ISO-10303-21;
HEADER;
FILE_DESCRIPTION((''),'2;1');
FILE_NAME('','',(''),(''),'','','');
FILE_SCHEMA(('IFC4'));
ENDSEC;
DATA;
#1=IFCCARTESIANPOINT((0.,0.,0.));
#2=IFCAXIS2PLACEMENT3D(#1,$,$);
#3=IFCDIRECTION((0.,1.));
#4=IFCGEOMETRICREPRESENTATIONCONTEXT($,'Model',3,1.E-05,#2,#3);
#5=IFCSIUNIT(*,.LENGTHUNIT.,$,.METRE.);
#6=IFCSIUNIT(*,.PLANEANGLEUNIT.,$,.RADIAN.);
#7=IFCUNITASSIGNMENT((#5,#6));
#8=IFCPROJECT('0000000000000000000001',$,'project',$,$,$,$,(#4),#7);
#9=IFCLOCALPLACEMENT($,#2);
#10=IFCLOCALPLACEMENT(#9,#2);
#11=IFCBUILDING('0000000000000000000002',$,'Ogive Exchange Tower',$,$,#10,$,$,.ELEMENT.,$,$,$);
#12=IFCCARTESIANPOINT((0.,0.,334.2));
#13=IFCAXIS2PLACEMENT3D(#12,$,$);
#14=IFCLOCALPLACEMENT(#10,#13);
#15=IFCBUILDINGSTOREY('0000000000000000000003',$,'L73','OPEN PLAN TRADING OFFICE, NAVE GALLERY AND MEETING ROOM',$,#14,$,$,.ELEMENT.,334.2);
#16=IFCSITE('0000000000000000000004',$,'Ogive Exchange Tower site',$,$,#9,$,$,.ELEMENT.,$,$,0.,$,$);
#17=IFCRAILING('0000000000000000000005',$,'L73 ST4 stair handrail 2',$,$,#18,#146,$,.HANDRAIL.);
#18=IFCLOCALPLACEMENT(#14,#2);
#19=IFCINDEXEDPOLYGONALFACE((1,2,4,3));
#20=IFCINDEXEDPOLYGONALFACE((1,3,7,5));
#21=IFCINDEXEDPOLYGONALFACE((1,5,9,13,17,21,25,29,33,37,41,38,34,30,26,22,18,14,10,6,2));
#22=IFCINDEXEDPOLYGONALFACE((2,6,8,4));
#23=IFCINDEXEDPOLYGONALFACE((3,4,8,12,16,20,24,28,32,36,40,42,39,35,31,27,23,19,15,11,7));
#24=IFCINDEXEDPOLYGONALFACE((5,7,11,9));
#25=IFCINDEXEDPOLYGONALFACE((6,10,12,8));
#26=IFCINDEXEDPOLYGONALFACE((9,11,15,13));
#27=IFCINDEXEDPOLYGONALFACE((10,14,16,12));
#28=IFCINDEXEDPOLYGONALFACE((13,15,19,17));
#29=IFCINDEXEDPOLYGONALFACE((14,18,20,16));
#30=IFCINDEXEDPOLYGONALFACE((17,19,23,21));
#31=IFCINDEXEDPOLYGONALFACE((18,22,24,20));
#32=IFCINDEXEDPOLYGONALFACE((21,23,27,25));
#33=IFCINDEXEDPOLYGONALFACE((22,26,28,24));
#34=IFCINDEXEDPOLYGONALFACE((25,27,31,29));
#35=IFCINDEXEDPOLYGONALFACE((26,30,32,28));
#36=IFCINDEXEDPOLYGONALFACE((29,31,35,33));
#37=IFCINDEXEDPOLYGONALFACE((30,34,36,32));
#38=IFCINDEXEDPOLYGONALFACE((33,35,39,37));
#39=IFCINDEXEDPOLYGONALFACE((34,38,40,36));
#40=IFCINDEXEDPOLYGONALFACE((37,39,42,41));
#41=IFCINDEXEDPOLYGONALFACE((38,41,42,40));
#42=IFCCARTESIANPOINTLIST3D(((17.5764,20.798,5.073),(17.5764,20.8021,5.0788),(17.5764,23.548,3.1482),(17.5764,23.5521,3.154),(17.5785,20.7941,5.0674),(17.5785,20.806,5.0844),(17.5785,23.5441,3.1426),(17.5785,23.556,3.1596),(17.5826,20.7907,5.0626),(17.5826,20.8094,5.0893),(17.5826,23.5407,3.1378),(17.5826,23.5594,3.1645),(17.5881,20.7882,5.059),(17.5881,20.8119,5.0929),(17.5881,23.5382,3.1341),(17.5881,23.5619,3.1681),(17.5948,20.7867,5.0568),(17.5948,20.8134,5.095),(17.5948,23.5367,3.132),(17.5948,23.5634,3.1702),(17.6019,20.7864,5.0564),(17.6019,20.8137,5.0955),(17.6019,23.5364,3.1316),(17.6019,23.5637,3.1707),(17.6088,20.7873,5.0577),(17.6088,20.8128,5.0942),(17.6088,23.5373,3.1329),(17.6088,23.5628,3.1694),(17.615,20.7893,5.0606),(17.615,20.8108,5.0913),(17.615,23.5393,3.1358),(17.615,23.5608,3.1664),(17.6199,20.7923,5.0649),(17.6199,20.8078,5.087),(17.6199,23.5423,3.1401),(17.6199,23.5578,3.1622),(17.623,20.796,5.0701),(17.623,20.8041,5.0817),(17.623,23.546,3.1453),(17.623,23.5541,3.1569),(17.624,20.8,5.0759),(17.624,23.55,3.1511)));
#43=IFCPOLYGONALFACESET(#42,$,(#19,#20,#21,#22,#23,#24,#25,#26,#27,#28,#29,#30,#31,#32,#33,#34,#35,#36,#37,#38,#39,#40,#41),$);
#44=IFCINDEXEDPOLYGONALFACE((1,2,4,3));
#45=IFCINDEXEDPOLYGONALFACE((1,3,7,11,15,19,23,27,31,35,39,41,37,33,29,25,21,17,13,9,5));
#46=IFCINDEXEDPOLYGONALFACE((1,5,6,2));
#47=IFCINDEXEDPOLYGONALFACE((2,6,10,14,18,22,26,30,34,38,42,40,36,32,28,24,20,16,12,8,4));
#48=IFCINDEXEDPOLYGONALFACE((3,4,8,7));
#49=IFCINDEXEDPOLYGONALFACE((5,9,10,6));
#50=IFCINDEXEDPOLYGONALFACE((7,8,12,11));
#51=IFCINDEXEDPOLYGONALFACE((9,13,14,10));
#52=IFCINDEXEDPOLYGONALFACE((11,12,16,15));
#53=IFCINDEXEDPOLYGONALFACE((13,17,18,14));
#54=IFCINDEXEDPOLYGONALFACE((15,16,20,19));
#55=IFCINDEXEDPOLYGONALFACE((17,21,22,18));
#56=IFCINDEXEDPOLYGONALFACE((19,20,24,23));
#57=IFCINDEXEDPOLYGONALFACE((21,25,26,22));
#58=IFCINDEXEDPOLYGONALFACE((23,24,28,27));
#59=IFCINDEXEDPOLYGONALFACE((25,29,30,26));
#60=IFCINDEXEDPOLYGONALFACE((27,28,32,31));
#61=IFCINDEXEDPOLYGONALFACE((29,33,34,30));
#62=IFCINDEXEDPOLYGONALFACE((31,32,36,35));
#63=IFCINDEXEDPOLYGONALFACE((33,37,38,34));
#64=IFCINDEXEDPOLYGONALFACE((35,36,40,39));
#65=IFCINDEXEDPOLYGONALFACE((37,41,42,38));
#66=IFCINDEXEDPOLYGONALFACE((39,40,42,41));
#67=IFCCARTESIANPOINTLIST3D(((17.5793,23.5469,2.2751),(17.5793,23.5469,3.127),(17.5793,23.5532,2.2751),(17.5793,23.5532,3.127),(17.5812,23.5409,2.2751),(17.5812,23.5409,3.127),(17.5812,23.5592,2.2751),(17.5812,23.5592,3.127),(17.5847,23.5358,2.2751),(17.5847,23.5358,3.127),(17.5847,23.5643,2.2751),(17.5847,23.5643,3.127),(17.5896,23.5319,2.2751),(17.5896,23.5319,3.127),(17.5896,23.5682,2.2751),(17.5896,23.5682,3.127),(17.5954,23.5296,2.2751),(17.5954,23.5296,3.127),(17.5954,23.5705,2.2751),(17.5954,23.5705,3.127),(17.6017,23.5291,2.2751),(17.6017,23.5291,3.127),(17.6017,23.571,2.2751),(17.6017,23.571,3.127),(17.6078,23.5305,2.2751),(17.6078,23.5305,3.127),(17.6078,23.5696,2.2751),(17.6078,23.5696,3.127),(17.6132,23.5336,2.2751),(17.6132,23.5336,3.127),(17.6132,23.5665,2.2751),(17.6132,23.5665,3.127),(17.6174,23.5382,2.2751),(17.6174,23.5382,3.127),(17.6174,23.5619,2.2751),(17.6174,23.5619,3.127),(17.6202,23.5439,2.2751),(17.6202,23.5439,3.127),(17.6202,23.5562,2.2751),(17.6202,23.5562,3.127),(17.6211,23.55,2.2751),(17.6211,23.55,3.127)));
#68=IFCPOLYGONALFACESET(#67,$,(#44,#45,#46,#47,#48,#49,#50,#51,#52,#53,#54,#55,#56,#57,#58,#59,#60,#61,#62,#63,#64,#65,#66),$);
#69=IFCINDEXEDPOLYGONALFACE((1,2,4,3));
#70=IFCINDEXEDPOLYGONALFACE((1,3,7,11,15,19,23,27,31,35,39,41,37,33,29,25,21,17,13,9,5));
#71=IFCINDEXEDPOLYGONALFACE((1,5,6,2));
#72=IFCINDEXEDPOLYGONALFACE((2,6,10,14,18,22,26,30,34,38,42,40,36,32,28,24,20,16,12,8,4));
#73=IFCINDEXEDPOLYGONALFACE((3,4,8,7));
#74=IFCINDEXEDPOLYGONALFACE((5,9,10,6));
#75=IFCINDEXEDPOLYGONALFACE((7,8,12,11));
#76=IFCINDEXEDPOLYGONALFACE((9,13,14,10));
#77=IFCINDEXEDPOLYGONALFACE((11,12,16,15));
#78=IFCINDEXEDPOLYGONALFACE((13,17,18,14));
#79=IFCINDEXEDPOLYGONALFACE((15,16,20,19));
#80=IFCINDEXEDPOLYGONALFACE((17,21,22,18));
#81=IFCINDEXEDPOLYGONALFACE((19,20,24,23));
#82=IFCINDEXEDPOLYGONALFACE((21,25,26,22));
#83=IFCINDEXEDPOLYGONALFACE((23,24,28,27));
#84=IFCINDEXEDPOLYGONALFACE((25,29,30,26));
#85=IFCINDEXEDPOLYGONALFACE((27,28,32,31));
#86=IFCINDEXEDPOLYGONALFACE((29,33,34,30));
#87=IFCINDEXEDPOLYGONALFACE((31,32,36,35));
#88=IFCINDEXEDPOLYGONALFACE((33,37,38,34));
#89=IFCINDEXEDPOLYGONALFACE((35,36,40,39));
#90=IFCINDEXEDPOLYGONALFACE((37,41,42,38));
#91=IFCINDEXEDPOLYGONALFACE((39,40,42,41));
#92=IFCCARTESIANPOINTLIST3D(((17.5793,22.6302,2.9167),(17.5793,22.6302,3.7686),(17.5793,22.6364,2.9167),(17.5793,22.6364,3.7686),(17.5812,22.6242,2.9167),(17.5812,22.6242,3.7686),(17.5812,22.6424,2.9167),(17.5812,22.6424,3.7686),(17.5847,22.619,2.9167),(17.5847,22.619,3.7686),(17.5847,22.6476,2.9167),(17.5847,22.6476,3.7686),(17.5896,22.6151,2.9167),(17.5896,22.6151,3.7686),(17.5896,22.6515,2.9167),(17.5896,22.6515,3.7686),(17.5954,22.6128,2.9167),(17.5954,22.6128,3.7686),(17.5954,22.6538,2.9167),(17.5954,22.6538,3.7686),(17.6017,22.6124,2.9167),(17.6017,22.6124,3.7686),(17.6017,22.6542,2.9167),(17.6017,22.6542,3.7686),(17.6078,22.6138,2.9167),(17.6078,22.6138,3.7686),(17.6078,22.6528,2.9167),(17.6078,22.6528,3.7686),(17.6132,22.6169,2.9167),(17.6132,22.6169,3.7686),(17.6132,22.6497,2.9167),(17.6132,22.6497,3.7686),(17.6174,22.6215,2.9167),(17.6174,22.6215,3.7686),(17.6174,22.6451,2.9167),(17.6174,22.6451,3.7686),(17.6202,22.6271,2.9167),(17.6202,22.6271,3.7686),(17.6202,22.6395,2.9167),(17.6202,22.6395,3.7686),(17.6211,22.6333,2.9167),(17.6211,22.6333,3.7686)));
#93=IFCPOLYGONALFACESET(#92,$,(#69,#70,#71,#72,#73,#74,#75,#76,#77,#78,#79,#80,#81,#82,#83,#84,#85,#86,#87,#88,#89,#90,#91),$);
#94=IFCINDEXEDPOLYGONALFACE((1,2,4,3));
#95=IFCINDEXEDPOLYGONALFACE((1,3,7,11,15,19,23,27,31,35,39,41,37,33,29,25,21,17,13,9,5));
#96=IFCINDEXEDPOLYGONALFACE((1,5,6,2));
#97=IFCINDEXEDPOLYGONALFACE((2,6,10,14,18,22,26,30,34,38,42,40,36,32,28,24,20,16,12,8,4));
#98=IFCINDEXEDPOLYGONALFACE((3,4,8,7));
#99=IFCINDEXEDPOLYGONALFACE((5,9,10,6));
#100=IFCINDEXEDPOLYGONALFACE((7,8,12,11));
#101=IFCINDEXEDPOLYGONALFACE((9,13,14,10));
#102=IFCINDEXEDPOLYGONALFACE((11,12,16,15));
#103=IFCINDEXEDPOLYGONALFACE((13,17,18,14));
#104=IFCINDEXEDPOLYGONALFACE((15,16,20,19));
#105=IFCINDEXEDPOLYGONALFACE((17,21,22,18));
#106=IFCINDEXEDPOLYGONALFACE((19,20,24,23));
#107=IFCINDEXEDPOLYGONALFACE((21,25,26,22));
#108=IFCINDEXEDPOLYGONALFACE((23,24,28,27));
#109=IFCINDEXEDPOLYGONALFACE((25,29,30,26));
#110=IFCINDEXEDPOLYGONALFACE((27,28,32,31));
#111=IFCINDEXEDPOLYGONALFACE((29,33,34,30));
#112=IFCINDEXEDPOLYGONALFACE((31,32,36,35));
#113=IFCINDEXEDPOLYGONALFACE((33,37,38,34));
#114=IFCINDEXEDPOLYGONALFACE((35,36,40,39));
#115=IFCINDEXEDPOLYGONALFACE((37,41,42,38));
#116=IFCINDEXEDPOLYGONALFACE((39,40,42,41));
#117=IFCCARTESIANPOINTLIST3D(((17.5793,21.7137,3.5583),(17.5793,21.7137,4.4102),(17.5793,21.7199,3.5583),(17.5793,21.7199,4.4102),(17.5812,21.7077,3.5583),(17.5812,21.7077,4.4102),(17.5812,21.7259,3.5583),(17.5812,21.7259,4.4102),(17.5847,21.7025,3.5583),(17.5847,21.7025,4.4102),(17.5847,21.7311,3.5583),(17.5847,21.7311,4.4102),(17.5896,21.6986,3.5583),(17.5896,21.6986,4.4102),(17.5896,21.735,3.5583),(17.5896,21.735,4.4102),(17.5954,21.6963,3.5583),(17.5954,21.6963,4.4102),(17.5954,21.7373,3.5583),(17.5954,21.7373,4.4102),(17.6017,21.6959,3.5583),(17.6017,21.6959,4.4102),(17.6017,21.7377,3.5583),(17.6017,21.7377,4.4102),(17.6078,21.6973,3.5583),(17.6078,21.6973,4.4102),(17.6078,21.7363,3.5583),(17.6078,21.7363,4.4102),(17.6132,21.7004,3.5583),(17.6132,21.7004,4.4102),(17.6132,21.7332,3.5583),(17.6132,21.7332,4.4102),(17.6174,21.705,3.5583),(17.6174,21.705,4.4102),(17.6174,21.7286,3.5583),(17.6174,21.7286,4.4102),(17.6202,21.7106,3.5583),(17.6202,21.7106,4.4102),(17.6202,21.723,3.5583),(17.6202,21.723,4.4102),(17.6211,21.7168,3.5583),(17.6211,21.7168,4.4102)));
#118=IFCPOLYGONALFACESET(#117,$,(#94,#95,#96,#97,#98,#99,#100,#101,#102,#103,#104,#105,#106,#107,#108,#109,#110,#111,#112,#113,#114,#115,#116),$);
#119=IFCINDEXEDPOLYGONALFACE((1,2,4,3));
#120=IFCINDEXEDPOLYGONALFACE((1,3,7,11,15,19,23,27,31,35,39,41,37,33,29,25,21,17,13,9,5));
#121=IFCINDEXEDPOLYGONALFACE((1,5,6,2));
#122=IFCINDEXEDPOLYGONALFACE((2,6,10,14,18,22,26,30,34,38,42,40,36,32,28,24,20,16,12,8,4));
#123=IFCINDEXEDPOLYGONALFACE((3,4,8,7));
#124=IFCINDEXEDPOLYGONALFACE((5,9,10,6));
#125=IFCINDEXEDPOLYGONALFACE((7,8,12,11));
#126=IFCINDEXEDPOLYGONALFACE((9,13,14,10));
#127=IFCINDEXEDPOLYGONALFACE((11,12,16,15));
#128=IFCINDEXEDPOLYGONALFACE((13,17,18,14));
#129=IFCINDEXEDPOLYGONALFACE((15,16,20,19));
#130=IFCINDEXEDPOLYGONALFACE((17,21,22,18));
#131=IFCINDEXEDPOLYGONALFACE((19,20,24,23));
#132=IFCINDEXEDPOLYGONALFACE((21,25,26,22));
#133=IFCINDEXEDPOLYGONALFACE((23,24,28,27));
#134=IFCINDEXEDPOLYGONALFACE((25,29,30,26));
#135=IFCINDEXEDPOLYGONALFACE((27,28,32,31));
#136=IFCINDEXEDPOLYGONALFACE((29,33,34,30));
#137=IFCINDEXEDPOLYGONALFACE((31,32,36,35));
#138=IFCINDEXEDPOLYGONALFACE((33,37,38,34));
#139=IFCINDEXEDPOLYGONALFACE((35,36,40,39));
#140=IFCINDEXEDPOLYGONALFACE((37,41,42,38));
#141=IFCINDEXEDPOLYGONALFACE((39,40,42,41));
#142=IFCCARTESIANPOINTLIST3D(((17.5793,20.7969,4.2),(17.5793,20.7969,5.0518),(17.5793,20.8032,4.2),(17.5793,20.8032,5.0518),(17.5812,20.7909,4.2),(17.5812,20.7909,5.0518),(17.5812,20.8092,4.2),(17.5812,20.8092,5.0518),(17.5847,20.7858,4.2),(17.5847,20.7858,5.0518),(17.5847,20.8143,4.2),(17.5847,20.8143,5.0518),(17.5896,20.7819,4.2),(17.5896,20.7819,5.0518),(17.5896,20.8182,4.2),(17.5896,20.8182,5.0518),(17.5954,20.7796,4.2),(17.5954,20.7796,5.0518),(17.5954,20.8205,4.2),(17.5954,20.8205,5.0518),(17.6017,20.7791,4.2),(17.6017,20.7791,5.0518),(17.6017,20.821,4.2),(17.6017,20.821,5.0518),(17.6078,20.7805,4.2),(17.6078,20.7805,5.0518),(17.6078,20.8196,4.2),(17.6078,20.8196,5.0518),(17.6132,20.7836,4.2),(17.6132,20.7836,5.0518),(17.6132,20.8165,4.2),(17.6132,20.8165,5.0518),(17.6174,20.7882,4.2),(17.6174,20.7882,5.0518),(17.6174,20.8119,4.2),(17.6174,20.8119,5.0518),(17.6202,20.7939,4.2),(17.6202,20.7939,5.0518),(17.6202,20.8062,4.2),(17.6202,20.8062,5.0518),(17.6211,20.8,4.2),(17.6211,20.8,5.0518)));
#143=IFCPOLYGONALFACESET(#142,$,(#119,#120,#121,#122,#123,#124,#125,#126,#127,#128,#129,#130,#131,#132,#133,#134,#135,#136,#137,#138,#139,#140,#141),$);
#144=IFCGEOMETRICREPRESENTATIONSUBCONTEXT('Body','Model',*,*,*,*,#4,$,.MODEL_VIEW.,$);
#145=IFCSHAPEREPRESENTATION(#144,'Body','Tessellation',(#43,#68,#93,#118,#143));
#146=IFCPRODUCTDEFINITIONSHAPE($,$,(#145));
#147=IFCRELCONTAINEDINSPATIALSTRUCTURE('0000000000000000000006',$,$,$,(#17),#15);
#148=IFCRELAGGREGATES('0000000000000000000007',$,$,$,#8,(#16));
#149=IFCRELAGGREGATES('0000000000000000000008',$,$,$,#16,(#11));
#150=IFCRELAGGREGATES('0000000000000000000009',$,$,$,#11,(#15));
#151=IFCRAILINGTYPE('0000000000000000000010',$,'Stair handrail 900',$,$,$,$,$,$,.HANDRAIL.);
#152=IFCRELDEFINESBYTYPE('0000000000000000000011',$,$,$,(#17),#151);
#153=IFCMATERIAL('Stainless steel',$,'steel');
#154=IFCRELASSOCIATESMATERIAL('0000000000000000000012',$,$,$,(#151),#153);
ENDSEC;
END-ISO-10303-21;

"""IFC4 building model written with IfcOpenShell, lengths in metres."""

from ifc_helpers import new_model, si_unit, direction, frame, origin, origin_2d, place, context, subcontext, project, spatial, circle, extrude, material, type_object, element, save


model = new_model("IFC4")

# Units and contexts
model_context = context("Model", 3, precision=1e-05, world=origin(), true_north=direction((0.0, 1.0)))
body_context = subcontext(model_context, "Body", "Model", "MODEL_VIEW")
ifc_project = project(units=[si_unit("LENGTHUNIT", "METRE"), si_unit("PLANEANGLEUNIT", "RADIAN")], contexts=[model_context])

# Site, building, storey
site_placement = place(None, origin())
site = spatial("IfcSite", under=ifc_project, at=site_placement, Name="Ogive Exchange Tower site", CompositionType="ELEMENT", RefElevation=0.0)
building_placement = place(site_placement, origin())
building = spatial("IfcBuilding", under=site, at=building_placement, Name="Ogive Exchange Tower", CompositionType="ELEMENT")
storey_placement = place(building_placement, frame((0.0, 0.0, 334.2)))
storey = spatial("IfcBuildingStorey", under=building, at=storey_placement, Name="L73", Description="OPEN PLAN TRADING OFFICE, NAVE GALLERY AND MEETING ROOM", CompositionType="ELEMENT", Elevation=334.2)

# Railing
ifc_material_1 = material(Name="Stainless steel", Category="steel")
railing_type = type_object("IfcRailingType", Name="Stair handrail 900", PredefinedType="HANDRAIL", material=ifc_material_1)
railing_1_placement = place(storey_placement, frame((17.6001, 23.55, 2.2751)))
element("IfcRailing", 1, at=railing_1_placement, inside=storey, type_object=railing_type, Name="L73 ST4 stair handrail 2", PredefinedType="HANDRAIL", context=body_context, shape_type="SweptSolid", body=[
    extrude(circle(Radius=0.0239, at=origin_2d()), frame((0.0, 0.0, 0.876), z_axis=(0.0, -0.819259, 0.573423), x_axis=(1.0, 0.0, 0.0)), (0.0, 0.0, 1.0), 3.3567),
    extrude(circle(Radius=0.021, at=origin_2d()), origin(), (0.0, 0.0, 1.0), 0.8518),
    extrude(circle(Radius=0.021, at=origin_2d()), frame((0.0, -0.9167, 0.6416)), (0.0, 0.0, 1.0), 0.8518),
    extrude(circle(Radius=0.021, at=origin_2d()), frame((0.0, -1.8333, 1.2832)), (0.0, 0.0, 1.0), 0.8518),
    extrude(circle(Radius=0.021, at=origin_2d()), frame((0.0, -2.75, 1.9248)), (0.0, 0.0, 1.0), 0.8518),
])

save(model, "model.ifc")
